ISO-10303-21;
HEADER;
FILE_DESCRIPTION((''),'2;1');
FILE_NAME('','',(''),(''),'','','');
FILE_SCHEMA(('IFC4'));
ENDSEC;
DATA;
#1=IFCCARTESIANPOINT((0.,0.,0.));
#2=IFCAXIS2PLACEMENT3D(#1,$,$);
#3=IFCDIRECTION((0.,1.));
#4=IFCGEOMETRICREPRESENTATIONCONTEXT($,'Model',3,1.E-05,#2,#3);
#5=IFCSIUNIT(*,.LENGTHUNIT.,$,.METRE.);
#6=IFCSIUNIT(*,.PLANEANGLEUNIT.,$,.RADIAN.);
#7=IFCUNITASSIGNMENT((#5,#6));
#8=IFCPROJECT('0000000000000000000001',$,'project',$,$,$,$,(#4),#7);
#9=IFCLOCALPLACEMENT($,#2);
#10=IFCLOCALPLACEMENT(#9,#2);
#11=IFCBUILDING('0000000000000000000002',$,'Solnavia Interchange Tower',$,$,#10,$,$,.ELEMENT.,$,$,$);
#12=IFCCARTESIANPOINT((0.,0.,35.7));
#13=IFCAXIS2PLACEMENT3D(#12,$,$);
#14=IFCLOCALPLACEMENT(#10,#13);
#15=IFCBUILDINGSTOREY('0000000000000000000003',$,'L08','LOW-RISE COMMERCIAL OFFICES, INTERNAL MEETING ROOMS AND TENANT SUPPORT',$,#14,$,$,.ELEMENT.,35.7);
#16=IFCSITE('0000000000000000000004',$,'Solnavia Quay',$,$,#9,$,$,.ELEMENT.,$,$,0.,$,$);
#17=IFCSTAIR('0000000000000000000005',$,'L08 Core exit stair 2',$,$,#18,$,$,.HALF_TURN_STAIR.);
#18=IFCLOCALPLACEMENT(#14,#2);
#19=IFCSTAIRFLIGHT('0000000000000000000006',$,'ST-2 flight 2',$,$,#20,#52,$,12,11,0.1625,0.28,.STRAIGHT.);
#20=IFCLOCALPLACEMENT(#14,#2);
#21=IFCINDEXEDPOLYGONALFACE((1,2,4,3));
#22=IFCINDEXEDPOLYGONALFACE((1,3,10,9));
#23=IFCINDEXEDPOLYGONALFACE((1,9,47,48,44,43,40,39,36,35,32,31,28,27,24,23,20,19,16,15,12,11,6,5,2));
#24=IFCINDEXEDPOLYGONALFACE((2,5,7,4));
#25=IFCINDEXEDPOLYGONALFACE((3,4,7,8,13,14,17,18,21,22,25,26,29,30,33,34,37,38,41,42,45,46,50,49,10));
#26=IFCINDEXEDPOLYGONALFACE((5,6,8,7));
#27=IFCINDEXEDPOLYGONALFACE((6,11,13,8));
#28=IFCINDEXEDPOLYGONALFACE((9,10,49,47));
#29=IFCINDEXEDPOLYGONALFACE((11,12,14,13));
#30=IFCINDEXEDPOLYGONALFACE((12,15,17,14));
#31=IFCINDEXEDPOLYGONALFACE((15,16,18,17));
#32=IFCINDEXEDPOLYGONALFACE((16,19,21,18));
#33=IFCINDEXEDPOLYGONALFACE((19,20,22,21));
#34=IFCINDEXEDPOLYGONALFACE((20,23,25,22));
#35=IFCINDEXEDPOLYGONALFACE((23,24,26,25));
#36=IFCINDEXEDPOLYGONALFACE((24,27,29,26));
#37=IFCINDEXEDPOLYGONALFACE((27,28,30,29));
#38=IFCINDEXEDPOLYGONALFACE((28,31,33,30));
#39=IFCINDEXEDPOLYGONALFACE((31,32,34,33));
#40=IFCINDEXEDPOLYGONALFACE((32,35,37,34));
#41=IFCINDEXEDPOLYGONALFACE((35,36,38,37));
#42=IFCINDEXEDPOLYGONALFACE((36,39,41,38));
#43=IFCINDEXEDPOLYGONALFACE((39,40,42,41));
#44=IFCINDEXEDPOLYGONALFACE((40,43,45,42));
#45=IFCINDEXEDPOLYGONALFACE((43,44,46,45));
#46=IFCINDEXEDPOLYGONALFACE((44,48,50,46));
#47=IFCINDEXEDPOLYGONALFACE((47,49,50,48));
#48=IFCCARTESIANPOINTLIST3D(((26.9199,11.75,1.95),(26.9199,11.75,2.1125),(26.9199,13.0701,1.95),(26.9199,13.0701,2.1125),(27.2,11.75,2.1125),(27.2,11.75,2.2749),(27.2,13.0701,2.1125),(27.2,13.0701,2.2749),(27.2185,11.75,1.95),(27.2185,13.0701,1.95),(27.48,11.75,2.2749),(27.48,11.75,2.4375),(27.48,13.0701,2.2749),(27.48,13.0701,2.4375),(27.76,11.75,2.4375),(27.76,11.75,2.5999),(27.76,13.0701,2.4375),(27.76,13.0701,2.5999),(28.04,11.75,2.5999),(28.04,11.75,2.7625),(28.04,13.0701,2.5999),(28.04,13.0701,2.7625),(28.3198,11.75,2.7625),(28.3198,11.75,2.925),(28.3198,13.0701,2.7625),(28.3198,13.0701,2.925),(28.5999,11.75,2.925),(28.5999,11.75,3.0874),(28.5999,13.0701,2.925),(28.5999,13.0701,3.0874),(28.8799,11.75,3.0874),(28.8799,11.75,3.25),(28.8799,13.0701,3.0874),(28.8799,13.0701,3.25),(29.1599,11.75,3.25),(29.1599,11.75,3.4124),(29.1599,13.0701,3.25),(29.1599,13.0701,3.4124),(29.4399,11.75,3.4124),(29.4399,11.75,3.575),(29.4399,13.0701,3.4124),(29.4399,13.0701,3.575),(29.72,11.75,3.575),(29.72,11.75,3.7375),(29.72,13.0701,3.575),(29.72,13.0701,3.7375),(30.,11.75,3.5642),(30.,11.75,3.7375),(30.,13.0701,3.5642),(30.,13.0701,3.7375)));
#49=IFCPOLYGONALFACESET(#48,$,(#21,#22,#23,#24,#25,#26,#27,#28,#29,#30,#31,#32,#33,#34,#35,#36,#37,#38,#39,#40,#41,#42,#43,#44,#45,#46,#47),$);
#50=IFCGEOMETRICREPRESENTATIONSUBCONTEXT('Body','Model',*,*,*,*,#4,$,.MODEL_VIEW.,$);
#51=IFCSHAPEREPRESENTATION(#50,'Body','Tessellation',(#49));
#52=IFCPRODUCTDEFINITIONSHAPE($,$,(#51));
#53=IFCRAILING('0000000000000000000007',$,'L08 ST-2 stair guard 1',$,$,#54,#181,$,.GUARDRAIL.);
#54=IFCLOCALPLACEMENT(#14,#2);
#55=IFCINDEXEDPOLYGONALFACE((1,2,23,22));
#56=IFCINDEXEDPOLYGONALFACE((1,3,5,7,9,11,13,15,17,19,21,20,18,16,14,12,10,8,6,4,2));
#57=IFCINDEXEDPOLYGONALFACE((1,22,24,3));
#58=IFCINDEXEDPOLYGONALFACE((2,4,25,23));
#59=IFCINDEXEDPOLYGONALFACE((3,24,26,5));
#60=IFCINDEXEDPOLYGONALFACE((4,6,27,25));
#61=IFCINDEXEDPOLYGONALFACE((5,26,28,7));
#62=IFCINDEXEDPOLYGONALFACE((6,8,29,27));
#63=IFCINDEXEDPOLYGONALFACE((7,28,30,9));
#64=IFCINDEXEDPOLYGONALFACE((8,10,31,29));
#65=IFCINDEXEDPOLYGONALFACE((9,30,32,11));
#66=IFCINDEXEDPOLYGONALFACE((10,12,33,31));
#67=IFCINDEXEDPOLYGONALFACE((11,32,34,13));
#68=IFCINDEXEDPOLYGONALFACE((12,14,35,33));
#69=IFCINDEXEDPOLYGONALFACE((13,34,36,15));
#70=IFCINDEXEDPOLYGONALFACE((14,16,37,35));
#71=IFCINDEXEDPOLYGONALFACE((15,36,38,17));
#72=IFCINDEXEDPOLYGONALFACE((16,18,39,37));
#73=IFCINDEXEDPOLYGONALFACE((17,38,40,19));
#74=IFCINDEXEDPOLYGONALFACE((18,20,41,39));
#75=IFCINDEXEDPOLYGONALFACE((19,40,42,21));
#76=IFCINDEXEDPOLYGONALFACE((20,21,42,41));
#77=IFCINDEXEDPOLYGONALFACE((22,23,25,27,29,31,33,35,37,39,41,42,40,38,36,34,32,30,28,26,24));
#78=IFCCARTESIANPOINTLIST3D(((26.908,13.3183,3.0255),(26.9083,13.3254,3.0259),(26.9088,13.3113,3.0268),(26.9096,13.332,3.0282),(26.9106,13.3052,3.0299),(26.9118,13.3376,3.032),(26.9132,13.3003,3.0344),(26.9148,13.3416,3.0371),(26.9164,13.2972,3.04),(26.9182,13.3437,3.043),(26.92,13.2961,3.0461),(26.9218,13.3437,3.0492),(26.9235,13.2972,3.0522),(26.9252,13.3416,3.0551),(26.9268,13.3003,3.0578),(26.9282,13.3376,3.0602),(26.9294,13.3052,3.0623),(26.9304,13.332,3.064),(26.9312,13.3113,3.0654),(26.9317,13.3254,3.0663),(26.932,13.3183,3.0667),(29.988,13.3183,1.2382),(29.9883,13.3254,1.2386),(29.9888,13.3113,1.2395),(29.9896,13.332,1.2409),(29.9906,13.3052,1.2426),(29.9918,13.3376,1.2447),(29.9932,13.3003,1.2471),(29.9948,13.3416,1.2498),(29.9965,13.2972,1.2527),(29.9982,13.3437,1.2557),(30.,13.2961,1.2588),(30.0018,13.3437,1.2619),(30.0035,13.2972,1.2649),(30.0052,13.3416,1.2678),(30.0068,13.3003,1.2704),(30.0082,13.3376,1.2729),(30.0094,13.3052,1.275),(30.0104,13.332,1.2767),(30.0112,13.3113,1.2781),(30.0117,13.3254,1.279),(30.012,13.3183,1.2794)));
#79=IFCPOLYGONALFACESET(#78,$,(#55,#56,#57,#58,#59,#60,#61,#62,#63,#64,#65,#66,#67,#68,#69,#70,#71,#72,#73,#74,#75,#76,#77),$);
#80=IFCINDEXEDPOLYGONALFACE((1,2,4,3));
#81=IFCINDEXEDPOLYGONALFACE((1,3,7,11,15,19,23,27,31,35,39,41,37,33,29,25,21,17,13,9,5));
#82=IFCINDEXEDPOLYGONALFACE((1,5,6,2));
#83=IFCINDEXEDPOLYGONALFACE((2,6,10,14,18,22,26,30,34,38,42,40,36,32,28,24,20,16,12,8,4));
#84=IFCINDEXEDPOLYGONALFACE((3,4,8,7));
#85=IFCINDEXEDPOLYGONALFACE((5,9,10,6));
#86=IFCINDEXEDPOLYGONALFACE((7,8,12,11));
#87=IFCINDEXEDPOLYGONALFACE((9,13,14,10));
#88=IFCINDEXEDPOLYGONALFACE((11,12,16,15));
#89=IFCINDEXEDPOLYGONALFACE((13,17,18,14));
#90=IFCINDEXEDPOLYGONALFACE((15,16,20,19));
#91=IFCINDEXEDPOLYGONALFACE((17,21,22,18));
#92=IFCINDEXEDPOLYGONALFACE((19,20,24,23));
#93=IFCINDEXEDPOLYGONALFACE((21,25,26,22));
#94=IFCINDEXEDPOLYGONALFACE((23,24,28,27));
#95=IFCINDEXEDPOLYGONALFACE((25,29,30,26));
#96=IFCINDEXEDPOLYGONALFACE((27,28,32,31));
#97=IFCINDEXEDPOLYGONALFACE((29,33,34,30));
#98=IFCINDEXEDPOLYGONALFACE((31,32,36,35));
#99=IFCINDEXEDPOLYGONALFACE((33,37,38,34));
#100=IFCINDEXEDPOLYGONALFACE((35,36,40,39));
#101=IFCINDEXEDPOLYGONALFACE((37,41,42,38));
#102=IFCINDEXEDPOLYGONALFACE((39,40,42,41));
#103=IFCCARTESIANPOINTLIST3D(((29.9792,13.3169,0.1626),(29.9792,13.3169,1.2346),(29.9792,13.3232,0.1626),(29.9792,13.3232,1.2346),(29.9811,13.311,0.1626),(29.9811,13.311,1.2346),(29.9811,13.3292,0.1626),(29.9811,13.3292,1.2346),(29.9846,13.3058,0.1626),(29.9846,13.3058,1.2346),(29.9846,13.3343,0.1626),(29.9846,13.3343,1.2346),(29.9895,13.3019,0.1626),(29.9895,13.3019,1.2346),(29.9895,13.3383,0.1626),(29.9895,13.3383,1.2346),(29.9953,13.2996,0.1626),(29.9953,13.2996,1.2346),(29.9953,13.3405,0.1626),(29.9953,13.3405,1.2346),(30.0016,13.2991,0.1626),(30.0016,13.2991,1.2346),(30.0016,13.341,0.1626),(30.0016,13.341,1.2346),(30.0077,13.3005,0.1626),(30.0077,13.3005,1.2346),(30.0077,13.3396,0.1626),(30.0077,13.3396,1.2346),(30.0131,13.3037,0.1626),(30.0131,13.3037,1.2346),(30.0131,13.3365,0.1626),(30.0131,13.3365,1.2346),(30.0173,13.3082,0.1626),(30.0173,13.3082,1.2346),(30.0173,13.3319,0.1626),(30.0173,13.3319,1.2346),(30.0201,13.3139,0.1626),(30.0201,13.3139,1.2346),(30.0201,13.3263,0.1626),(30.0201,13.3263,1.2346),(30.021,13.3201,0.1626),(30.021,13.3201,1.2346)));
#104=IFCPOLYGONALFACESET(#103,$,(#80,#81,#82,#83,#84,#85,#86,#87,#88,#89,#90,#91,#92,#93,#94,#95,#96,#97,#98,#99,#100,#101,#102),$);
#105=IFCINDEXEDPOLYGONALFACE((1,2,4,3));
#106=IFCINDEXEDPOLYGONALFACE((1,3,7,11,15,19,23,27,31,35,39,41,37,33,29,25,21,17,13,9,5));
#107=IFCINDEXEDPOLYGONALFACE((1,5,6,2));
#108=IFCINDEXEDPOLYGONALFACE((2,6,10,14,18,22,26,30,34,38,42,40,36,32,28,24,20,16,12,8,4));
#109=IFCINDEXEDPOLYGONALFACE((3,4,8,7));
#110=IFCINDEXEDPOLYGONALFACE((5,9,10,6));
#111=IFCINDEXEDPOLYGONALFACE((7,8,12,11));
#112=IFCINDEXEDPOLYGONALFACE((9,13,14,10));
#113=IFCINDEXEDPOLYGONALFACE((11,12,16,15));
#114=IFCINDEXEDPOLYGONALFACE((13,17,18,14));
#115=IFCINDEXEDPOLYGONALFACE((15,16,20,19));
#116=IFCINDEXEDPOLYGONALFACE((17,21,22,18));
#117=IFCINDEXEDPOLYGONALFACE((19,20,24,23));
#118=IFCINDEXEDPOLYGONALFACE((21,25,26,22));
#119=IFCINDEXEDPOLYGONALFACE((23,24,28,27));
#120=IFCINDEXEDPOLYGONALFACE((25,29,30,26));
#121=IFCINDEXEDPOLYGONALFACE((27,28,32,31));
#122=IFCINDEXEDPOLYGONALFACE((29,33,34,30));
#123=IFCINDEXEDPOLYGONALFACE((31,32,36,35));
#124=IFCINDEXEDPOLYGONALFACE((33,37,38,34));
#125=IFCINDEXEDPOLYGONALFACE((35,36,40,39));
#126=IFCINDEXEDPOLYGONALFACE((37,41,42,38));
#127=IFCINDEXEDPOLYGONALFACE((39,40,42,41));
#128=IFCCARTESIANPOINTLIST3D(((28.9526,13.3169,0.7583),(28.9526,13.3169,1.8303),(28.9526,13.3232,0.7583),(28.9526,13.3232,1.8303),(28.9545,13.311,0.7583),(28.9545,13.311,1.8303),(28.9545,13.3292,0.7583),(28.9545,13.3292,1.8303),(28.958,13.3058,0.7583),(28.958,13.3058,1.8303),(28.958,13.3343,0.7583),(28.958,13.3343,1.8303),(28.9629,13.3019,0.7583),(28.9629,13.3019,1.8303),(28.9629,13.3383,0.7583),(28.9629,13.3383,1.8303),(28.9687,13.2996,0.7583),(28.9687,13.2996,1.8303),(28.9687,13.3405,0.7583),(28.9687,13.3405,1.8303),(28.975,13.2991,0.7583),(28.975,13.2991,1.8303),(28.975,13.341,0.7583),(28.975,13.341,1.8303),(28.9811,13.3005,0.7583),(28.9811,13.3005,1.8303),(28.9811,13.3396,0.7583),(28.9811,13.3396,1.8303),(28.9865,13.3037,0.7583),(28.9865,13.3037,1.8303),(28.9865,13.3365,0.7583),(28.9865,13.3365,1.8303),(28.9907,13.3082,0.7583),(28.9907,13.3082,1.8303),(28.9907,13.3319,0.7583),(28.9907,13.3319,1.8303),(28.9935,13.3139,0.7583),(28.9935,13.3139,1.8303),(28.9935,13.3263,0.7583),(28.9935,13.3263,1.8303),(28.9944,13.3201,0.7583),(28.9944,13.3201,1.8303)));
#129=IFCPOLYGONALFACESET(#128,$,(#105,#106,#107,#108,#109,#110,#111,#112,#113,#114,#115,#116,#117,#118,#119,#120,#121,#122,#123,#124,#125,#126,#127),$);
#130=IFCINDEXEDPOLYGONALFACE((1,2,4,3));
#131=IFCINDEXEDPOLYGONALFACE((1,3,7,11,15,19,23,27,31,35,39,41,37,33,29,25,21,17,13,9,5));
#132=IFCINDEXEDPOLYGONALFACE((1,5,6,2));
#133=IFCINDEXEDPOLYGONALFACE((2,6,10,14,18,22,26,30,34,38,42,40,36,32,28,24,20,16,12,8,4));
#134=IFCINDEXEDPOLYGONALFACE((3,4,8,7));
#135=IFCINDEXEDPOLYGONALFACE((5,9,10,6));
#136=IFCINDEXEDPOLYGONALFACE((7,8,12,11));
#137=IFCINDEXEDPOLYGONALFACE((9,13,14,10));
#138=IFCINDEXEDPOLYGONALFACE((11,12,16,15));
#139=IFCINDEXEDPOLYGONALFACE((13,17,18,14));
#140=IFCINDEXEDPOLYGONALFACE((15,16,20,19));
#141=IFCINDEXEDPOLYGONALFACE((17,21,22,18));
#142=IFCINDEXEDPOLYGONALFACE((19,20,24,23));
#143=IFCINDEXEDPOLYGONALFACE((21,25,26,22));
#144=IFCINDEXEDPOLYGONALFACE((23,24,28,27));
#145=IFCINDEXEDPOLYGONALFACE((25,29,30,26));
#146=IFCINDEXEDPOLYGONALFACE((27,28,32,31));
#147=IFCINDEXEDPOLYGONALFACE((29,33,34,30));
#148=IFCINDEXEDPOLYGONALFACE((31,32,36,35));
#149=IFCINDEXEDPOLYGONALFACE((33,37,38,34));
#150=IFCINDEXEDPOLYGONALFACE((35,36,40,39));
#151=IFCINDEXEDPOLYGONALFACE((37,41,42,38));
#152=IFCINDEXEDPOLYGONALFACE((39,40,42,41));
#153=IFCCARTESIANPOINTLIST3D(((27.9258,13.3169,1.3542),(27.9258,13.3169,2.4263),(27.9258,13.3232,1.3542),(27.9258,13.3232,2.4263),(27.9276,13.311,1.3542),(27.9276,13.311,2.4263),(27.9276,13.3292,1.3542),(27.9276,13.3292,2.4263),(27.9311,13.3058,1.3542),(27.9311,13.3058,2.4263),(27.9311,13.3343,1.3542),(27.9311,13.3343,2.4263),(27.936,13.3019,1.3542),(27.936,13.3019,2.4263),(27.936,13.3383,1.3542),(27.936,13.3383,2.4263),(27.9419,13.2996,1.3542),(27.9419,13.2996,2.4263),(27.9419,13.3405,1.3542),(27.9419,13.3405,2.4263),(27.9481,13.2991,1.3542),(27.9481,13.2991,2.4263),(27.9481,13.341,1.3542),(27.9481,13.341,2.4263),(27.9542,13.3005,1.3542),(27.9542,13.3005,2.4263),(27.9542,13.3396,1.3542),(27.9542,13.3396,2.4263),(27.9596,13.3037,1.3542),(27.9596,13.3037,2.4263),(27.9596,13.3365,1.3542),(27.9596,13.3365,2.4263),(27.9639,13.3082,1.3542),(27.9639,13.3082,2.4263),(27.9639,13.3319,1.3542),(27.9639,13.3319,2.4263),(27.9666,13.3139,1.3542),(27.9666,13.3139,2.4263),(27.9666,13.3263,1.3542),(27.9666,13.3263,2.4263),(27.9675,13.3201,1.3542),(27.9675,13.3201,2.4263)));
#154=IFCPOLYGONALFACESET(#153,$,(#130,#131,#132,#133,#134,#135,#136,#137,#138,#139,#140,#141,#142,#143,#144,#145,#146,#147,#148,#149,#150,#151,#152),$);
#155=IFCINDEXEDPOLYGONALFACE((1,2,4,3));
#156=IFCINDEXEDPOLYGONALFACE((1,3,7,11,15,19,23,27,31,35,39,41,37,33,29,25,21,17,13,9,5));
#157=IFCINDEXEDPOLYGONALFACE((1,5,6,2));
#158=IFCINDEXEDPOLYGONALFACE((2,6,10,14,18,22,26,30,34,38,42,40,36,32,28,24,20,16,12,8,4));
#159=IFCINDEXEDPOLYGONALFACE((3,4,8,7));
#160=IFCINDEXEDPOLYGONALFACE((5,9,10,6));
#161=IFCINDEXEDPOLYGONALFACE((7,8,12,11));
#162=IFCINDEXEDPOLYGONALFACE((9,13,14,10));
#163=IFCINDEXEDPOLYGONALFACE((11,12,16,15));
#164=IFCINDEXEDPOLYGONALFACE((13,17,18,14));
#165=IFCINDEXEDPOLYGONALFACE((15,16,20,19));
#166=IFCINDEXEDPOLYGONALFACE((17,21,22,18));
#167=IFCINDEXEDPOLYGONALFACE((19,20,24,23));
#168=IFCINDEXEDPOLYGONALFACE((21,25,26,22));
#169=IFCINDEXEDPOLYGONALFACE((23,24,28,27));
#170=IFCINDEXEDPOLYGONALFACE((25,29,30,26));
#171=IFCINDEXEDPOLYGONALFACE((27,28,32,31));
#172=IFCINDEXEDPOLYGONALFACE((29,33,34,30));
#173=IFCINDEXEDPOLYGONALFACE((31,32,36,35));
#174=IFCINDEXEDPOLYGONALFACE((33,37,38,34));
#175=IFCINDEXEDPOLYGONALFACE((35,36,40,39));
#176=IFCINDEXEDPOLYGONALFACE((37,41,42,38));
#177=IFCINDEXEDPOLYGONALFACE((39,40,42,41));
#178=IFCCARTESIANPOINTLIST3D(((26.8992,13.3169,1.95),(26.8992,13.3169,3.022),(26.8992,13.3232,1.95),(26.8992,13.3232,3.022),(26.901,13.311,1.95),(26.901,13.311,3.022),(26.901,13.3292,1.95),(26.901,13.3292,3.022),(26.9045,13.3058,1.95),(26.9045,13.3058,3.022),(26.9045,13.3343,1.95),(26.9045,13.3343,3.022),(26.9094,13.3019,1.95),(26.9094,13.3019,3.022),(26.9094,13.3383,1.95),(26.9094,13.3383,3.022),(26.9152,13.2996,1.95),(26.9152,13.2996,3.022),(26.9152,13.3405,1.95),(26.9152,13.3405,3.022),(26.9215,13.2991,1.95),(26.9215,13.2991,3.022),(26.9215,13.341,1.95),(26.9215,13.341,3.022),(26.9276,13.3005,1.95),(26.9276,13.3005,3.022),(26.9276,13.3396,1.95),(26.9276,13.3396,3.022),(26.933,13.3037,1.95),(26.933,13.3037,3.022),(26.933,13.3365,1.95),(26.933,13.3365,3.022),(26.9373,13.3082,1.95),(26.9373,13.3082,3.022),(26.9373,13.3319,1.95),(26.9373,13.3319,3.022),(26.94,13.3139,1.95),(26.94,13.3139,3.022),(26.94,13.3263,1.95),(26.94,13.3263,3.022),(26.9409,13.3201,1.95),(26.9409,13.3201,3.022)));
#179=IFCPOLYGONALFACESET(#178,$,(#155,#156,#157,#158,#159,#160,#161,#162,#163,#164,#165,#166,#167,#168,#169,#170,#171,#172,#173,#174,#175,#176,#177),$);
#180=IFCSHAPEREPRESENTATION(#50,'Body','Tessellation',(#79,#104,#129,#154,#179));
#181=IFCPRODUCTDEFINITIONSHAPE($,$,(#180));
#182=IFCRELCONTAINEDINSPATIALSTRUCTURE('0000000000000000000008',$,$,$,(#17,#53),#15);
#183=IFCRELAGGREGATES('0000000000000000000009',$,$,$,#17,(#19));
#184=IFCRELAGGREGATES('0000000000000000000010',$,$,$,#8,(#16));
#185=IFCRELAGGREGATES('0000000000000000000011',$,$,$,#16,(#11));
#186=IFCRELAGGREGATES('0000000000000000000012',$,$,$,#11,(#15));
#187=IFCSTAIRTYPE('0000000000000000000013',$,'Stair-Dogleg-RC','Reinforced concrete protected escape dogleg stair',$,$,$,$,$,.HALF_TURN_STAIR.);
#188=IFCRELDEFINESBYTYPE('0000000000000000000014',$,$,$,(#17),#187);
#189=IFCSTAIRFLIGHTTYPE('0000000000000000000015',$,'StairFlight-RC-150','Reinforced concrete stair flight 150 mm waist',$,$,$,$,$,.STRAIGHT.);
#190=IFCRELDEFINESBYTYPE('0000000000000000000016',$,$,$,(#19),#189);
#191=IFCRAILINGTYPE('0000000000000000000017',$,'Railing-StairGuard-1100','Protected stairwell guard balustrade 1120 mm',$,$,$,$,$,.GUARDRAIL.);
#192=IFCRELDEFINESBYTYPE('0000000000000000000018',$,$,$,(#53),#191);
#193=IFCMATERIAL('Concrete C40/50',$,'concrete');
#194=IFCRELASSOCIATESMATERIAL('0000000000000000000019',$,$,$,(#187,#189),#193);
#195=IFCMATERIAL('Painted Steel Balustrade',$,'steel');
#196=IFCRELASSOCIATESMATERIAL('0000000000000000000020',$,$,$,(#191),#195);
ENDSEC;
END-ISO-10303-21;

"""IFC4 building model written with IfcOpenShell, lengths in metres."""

from ifc_helpers import new_model, si_unit, direction, frame, origin, origin_2d, place, context, subcontext, project, spatial, polyline, circle, outline, extrude, material, type_object, element, aggregate, save


model = new_model("IFC4")

# Units and contexts
model_context = context("Model", 3, precision=1e-05, world=origin(), true_north=direction((0.0, 1.0)))
body_context = subcontext(model_context, "Body", "Model", "MODEL_VIEW")
ifc_project = project(units=[si_unit("LENGTHUNIT", "METRE"), si_unit("PLANEANGLEUNIT", "RADIAN")], contexts=[model_context])

# Site, building, storey
site_placement = place(None, origin())
site = spatial("IfcSite", under=ifc_project, at=site_placement, Name="Solnavia Quay", CompositionType="ELEMENT", RefElevation=0.0)
building_placement = place(site_placement, origin())
building = spatial("IfcBuilding", under=site, at=building_placement, Name="Solnavia Interchange Tower", CompositionType="ELEMENT")
storey_placement = place(building_placement, frame((0.0, 0.0, 35.7)))
storey = spatial("IfcBuildingStorey", under=building, at=storey_placement, Name="L08", Description="LOW-RISE COMMERCIAL OFFICES, INTERNAL MEETING ROOMS AND TENANT SUPPORT", CompositionType="ELEMENT", Elevation=35.7)

# Shared definitions
ifc_material_1 = material(Name="Concrete C40/50", Category="concrete")

# Stair, stair flight
stair_type = type_object("IfcStairType", Name="Stair-Dogleg-RC", Description="Reinforced concrete protected escape dogleg stair", PredefinedType="HALF_TURN_STAIR", material=ifc_material_1)
stair_placement = place(storey_placement, origin())
stair = element("IfcStair", 1, at=stair_placement, inside=storey, type_object=stair_type, Name="L08 Core exit stair 2", PredefinedType="HALF_TURN_STAIR")
stair_flight_type = type_object("IfcStairFlightType", Name="StairFlight-RC-150", Description="Reinforced concrete stair flight 150 mm waist", PredefinedType="STRAIGHT", material=ifc_material_1)
stair_flight_1_placement = place(storey_placement, frame((26.9199, 12.4099, 1.95), z_axis=(0.0, 0.0, 1.0), x_axis=(1.0, 0.0, 0.0)))
stair_flight_1 = element("IfcStairFlight", 2, at=stair_flight_1_placement, type_object=stair_flight_type, Name="ST-2 flight 2", NumberOfRisers=12, NumberOfTreads=11, PredefinedType="STRAIGHT", RiserHeight=0.1625, TreadLength=0.28, context=body_context, shape_type="SweptSolid", body=[
    extrude(outline(polyline([(0.0, 0.0), (0.0, 0.1626), (0.28, 0.1626), (0.28, 0.325), (0.5601, 0.325), (0.5601, 0.4875), (0.8401, 0.4875), (0.8401, 0.6499), (1.1201, 0.6499), (1.1201, 0.8125), (1.3999, 0.8125), (1.3999, 0.9751), (1.6799, 0.9751), (1.6799, 1.1375), (1.96, 1.1375), (1.96, 1.3), (2.24, 1.3), (2.24, 1.4624), (2.52, 1.4624), (2.52, 1.625), (2.8, 1.625), (2.8, 1.7876), (3.0801, 1.7876), (3.0801, 1.95), (3.0801, 1.6143), (0.2986, 0.0), (0.0, 0.0)])), frame((0.0, 0.6602, 0.0), z_axis=(0.0, -1.0, 0.0), x_axis=(1.0, 0.0, 0.0)), (0.0, 0.0, 1.0), 1.3201),
])
aggregate(stair, [stair_flight_1])

# Railing
ifc_material_2 = material(Name="Painted Steel Balustrade", Category="steel")
railing_type_1 = type_object("IfcRailingType", Name="Railing-StairGuard-1100", Description="Protected stairwell guard balustrade 1120 mm", PredefinedType="GUARDRAIL", material=ifc_material_2)
railing_1_placement = place(storey_placement, frame((30.0, 13.3201, 0.1626)))
element("IfcRailing", 3, at=railing_1_placement, inside=storey, type_object=railing_type_1, Name="L08 ST-2 stair guard 1", PredefinedType="GUARDRAIL", context=body_context, shape_type="SweptSolid", body=[
    extrude(circle(Radius=0.0239, at=origin_2d()), frame((0.0, 0.0, 1.0962), z_axis=(-0.86492, 0.0, 0.501909), x_axis=(0.0, -1.0, 0.0)), (0.0, 0.0, 1.0), 3.561),
    extrude(circle(Radius=0.021, at=origin_2d()), origin(), (0.0, 0.0, 1.0), 1.072),
    extrude(circle(Radius=0.021, at=origin_2d()), frame((-1.0266, 0.0, 0.5957)), (0.0, 0.0, 1.0), 1.072),
    extrude(circle(Radius=0.021, at=origin_2d()), frame((-2.0535, 0.0, 1.1917)), (0.0, 0.0, 1.0), 1.072),
    extrude(circle(Radius=0.021, at=origin_2d()), frame((-3.0801, 0.0, 1.7874)), (0.0, 0.0, 1.0), 1.072),
])

save(model, "model.ifc")
